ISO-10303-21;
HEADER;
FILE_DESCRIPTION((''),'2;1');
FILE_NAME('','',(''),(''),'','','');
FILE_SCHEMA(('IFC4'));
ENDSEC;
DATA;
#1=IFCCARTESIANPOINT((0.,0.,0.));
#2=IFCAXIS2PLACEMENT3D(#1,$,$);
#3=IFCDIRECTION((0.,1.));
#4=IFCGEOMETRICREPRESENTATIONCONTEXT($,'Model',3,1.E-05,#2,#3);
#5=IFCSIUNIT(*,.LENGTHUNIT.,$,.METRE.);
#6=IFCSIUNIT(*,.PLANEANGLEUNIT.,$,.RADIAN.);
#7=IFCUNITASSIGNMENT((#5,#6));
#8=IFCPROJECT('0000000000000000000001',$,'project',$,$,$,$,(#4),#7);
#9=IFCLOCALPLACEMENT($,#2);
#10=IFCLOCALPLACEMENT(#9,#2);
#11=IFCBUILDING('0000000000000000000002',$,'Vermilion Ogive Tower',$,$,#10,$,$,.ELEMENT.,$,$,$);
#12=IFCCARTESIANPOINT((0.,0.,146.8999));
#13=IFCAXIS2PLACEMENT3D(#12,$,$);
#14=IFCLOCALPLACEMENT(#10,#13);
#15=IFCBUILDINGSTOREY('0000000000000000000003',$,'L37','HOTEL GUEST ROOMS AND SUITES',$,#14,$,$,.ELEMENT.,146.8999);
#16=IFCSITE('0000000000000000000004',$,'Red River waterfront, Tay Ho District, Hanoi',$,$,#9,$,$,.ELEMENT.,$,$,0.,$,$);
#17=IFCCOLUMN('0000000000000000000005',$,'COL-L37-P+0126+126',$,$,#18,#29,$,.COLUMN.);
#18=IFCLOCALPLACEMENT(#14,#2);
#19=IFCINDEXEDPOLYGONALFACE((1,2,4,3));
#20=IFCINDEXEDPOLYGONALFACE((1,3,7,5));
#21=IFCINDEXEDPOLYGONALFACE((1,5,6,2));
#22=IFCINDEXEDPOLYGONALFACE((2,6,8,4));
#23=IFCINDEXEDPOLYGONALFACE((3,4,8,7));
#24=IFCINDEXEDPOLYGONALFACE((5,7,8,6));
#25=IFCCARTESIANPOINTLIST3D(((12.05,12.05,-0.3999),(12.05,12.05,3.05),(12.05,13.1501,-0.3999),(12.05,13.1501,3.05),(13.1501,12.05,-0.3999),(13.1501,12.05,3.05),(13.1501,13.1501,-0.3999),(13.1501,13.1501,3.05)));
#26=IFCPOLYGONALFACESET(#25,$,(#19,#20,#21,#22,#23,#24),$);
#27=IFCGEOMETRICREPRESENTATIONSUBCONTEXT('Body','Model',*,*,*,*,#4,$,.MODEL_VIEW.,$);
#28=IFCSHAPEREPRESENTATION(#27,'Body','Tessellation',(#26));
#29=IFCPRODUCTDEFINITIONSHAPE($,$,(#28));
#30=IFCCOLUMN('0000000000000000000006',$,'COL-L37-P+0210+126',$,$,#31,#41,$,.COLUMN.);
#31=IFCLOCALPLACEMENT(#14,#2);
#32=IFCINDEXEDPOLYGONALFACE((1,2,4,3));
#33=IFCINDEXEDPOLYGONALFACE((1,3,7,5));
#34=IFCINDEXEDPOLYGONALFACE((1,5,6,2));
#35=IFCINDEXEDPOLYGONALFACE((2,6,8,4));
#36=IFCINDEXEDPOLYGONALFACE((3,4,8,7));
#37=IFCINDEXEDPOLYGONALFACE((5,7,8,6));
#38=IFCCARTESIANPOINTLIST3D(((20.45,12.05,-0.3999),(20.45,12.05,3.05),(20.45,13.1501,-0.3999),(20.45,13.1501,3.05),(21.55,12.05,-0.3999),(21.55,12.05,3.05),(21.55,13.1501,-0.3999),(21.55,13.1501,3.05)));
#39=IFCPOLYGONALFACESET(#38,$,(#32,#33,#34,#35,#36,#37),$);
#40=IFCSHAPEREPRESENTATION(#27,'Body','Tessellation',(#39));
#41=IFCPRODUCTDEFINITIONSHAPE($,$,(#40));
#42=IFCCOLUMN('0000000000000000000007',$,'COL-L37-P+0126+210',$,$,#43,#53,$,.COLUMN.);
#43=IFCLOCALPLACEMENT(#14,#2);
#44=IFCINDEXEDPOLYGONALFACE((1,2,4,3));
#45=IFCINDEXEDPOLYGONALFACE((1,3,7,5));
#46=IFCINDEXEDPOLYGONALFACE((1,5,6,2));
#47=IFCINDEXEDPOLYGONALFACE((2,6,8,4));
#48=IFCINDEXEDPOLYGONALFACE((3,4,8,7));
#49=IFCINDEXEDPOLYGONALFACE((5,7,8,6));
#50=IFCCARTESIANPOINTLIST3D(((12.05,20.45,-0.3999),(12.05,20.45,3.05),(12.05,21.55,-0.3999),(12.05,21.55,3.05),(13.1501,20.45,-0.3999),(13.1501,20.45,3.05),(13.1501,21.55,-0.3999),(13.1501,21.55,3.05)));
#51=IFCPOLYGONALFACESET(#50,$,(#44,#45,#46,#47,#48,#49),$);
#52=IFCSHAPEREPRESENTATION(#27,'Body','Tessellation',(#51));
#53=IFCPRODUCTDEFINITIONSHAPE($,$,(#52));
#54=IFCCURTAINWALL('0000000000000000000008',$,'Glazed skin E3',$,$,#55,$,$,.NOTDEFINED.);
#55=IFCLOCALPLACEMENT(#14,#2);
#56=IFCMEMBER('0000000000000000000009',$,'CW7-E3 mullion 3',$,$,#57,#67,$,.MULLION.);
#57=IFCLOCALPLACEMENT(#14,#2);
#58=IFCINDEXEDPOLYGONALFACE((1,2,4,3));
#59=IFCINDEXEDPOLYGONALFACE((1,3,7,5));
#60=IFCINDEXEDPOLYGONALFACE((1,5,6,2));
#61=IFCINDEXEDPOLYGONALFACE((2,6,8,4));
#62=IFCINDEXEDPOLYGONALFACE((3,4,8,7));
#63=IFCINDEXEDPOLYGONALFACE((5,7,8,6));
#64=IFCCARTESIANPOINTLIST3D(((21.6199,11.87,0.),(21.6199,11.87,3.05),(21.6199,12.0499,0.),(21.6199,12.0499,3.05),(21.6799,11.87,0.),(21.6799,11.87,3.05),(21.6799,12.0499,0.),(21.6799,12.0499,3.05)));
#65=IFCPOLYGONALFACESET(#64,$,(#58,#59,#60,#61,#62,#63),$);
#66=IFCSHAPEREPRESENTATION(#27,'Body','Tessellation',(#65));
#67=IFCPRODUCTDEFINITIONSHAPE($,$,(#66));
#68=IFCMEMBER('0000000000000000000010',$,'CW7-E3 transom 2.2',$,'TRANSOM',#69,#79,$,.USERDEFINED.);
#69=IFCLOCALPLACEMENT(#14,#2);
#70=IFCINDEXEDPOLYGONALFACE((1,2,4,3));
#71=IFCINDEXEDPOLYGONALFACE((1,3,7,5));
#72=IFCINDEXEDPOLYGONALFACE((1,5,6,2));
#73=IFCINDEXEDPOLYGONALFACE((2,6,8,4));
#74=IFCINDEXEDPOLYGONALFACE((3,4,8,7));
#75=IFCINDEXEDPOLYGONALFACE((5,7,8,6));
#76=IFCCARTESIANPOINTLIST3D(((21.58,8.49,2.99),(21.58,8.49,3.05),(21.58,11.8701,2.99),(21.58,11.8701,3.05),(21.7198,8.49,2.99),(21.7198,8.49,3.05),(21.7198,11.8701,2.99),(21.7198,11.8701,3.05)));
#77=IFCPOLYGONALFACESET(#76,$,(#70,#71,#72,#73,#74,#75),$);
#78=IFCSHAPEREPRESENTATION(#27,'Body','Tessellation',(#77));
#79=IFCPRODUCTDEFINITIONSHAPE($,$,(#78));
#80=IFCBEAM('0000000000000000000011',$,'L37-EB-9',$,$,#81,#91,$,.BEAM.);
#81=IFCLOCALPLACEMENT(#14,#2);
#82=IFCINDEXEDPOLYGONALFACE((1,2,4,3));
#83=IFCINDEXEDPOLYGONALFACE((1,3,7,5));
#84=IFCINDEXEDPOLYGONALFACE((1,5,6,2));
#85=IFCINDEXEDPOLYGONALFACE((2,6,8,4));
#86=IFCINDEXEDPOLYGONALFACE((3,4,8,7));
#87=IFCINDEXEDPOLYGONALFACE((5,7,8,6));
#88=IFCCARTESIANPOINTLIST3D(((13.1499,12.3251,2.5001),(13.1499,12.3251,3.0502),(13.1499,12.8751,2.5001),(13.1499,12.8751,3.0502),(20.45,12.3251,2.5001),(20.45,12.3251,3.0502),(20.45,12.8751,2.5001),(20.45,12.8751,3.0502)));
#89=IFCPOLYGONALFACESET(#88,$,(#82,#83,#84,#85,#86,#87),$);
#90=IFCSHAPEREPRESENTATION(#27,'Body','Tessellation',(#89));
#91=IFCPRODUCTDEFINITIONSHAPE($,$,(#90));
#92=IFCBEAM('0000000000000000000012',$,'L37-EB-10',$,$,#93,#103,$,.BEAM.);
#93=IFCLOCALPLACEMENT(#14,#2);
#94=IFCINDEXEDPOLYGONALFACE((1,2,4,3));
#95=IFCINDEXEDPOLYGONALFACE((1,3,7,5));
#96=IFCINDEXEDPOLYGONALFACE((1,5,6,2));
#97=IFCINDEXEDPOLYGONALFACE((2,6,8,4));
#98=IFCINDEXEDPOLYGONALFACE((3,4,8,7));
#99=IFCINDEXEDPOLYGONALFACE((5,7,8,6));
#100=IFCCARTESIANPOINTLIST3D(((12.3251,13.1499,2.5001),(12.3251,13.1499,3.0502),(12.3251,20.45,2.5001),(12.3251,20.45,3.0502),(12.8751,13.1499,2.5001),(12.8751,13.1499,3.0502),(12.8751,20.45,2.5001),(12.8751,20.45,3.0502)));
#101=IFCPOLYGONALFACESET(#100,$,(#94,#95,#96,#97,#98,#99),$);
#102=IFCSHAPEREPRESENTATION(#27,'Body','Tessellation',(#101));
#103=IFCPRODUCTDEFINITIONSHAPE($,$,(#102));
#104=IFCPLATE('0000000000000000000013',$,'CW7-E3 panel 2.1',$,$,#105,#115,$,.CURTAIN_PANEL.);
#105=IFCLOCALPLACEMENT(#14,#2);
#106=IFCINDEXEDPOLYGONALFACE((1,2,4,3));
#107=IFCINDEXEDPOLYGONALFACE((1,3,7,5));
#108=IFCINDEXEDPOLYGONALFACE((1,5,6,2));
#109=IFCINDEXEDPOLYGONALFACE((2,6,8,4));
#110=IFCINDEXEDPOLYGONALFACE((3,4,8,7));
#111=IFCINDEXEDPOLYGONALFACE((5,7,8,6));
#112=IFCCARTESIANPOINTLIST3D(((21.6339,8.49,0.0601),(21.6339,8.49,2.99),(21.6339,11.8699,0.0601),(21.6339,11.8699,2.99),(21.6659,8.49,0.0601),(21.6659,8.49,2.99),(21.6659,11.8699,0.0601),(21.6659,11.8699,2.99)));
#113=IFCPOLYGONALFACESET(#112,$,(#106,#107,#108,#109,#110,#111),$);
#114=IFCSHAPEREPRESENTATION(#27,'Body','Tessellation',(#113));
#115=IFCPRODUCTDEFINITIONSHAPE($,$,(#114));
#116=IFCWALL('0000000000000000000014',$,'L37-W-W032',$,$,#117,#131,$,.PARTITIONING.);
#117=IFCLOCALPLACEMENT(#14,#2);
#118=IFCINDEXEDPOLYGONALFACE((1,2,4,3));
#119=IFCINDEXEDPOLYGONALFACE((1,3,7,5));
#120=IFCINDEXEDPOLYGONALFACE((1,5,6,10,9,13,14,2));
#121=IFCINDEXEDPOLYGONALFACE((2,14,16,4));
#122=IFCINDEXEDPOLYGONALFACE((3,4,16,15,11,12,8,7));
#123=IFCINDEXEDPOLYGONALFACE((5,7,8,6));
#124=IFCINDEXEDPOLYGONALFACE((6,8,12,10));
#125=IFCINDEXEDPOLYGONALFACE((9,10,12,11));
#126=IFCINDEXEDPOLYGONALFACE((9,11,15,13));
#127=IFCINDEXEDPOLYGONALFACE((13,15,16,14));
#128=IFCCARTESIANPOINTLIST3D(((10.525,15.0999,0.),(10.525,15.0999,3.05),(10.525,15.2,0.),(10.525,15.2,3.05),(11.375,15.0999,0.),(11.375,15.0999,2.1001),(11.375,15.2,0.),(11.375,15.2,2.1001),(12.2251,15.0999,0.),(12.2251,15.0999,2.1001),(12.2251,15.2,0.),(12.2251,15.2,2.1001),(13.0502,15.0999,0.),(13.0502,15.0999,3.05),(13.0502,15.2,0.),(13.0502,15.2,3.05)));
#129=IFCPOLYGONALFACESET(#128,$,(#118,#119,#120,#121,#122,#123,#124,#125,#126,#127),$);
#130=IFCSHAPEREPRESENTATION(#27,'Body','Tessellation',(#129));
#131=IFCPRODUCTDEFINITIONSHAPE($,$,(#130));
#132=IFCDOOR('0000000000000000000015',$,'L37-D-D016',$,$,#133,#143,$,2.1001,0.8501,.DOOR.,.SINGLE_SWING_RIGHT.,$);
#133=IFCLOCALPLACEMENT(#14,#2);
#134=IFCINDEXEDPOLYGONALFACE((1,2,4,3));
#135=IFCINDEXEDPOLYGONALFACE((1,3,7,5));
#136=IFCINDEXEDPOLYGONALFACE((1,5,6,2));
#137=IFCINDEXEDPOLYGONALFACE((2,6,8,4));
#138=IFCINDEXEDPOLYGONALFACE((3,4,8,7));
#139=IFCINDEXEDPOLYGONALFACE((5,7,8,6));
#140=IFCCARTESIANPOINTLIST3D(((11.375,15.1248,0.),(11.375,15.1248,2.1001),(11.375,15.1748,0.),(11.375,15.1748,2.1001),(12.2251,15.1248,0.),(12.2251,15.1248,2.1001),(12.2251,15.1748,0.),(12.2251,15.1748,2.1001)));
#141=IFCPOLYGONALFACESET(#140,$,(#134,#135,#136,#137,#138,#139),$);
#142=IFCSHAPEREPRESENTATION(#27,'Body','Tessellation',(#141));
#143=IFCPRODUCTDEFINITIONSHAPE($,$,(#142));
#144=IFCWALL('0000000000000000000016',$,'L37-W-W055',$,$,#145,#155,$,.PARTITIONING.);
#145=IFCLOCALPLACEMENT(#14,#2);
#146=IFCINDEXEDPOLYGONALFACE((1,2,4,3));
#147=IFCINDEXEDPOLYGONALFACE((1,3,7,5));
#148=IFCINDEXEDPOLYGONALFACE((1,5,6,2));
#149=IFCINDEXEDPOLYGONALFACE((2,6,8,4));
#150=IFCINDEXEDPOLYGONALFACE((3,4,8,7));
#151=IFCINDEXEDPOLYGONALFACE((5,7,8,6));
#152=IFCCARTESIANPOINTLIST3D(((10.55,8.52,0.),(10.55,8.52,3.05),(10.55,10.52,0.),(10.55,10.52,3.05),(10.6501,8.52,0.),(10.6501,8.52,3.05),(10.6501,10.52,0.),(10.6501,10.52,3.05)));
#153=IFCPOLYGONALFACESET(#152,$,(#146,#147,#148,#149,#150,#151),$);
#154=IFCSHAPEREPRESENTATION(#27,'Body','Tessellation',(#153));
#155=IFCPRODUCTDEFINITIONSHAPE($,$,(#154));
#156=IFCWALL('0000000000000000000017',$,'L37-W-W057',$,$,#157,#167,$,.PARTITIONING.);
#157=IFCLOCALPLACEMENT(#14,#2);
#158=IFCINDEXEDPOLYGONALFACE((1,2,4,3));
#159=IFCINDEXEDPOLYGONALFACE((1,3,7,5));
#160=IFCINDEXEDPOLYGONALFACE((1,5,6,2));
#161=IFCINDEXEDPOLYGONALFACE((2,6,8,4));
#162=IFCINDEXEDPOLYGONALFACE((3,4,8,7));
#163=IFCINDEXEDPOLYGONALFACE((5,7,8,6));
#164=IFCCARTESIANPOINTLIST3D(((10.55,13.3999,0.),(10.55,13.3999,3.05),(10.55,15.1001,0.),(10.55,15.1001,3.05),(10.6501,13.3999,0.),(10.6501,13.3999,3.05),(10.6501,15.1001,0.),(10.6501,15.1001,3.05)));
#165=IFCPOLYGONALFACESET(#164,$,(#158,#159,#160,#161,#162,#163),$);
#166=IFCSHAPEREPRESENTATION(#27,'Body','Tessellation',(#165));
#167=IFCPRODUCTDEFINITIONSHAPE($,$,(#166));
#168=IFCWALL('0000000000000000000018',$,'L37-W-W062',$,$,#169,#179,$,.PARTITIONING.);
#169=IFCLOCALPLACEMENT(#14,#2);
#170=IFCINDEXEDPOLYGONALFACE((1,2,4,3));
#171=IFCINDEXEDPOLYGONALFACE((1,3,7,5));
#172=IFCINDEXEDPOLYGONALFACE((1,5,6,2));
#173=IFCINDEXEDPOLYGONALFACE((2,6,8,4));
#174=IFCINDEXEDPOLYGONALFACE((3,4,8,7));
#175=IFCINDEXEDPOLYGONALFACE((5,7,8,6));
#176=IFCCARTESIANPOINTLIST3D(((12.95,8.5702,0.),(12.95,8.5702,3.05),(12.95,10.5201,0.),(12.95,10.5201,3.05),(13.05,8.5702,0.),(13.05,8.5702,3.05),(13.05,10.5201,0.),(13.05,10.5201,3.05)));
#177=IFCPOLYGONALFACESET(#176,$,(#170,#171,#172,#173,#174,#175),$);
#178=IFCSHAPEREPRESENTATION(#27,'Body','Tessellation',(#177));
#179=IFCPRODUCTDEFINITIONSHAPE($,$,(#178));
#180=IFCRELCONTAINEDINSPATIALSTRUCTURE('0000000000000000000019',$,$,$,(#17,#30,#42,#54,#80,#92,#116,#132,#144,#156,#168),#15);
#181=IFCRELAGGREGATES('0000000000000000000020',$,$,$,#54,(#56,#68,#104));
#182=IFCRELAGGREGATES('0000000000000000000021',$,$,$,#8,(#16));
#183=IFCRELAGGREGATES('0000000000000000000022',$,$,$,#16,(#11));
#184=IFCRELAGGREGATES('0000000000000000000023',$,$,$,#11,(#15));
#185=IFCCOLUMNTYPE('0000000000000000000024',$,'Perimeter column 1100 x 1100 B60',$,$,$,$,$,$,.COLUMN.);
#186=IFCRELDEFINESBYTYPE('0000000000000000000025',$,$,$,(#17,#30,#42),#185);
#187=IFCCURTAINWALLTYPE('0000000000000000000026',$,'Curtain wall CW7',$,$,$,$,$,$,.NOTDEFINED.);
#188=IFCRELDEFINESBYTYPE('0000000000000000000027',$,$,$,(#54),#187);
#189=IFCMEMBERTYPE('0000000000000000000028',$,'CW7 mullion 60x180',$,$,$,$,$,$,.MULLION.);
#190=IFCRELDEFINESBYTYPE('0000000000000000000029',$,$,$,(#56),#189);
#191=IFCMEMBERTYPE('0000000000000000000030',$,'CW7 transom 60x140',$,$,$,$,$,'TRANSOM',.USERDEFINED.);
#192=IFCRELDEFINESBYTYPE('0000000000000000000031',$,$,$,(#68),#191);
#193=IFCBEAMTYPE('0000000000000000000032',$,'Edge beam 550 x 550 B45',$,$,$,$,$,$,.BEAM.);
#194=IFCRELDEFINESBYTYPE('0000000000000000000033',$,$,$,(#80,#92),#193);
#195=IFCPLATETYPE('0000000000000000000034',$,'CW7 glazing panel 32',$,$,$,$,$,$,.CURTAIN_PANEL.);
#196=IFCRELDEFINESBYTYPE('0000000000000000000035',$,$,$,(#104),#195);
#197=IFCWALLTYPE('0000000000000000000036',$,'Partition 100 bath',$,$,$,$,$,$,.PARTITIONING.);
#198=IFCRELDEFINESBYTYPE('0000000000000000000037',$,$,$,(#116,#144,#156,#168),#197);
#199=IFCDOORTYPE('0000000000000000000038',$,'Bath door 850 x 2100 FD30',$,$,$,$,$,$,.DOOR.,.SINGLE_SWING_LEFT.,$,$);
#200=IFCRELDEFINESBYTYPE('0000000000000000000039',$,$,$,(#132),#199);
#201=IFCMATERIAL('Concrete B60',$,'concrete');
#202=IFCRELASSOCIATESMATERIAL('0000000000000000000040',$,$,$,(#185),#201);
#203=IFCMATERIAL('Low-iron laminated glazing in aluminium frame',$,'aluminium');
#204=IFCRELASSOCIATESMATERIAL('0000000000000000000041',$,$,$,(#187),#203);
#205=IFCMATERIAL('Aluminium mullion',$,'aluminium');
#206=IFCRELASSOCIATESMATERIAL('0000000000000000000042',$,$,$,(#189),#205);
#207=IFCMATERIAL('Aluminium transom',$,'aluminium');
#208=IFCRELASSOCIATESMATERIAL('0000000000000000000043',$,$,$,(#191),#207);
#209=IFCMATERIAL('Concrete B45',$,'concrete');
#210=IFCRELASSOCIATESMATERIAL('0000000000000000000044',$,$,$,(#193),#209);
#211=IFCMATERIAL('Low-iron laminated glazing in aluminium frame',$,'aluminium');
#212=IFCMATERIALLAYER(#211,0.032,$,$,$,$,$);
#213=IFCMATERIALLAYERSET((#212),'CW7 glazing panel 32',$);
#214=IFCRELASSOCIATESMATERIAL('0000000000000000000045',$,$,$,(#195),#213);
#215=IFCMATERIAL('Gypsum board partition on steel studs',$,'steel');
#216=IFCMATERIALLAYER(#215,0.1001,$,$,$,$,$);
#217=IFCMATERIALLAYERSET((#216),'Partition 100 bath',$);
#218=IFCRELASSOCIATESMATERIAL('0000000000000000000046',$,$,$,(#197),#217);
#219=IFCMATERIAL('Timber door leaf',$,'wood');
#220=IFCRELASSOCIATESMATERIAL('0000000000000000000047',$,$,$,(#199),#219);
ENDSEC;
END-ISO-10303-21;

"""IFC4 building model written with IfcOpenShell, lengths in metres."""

from ifc_helpers import new_model, si_unit, direction, frame, frame_2d, origin, origin_2d, place, context, subcontext, project, spatial, rectangle, extrude, material, layer, layer_set, material_profile, profile_set, type_object, element, fill, aggregate, save


model = new_model("IFC4")

# Units and contexts
model_context = context("Model", 3, precision=1e-05, world=origin(), true_north=direction((0.0, 1.0)))
body_context = subcontext(model_context, "Body", "Model", "MODEL_VIEW")
ifc_project = project(units=[si_unit("LENGTHUNIT", "METRE"), si_unit("PLANEANGLEUNIT", "RADIAN")], contexts=[model_context])

# Site, building, storey
site_placement = place(None, origin())
site = spatial("IfcSite", under=ifc_project, at=site_placement, Name="Red River waterfront, Tay Ho District, Hanoi", CompositionType="ELEMENT", RefElevation=0.0)
building_placement = place(site_placement, origin())
building = spatial("IfcBuilding", under=site, at=building_placement, Name="Vermilion Ogive Tower", CompositionType="ELEMENT")
storey_placement = place(building_placement, frame((0.0, 0.0, 146.8999)))
storey = spatial("IfcBuildingStorey", under=building, at=storey_placement, Name="L37", Description="HOTEL GUEST ROOMS AND SUITES", CompositionType="ELEMENT", Elevation=146.8999)

# Columns
ifc_material_1 = material(Name="Concrete B60", Category="concrete")
ifc_material_profile_1 = material_profile(ifc_material_1, rectangle(XDim=1.1001, YDim=1.1001, at=origin_2d()), Name="1100 x 1100")
ifc_profile_set_1 = profile_set([ifc_material_profile_1], Name="Concrete B60")
column_type = type_object("IfcColumnType", Name="Perimeter column 1100 x 1100 B60", PredefinedType="COLUMN", material=ifc_profile_set_1)
for number, where, z_axis, x_axis, name in (
    (1, (12.6001, 12.6001, -0.3999), (0.0, 0.0, 1.0), (1.0, 0.0, 0.0), "COL-L37-P+0126+126"),
    (2, (21.0, 12.6001, -0.3999), (0.0, 0.0, 1.0), (1.0, 0.0, 0.0), "COL-L37-P+0210+126"),
    (3, (12.6001, 21.0, -0.3999), (0.0, 0.0, 1.0), (1.0, 0.0, 0.0), "COL-L37-P+0126+210"),
):
    element("IfcColumn", number, at=place(storey_placement, frame(where, z_axis=z_axis, x_axis=x_axis)), inside=storey, type_object=column_type, Name=name, PredefinedType="COLUMN", context=body_context, shape_type="SweptSolid", body=[
        extrude(rectangle(XDim=1.1001, YDim=1.1001, at=origin_2d()), origin(), (0.0, 0.0, 1.0), 3.45),
    ])

# Curtain wall, members
ifc_material_2 = material(Name="Low-iron laminated glazing in aluminium frame", Category="aluminium")
curtain_wall_type = type_object("IfcCurtainWallType", Name="Curtain wall CW7", PredefinedType="NOTDEFINED", material=ifc_material_2)
curtain_wall_placement = place(storey_placement, origin())
curtain_wall = element("IfcCurtainWall", 4, at=curtain_wall_placement, inside=storey, type_object=curtain_wall_type, Name="Glazed skin E3", PredefinedType="NOTDEFINED")
ifc_material_3 = material(Name="Aluminium mullion", Category="aluminium")
ifc_material_profile_2 = material_profile(ifc_material_3, rectangle(XDim=0.0601, YDim=0.1799, at=origin_2d()), Name="AL 60x180")
ifc_profile_set_2 = profile_set([ifc_material_profile_2], Name="Aluminium mullion")
member_type_1 = type_object("IfcMemberType", Name="CW7 mullion 60x180", PredefinedType="MULLION", material=ifc_profile_set_2)
member_1_placement = place(storey_placement, frame((21.6499, 11.96, 0.0), z_axis=(0.0, 0.0, 1.0), x_axis=(-1.0, 0.0, 0.0)))
member_1 = element("IfcMember", 5, at=member_1_placement, type_object=member_type_1, Name="CW7-E3 mullion 3", PredefinedType="MULLION", context=body_context, shape_type="SweptSolid", body=[
    extrude(rectangle(XDim=0.0601, YDim=0.1799, at=origin_2d()), origin(), (0.0, 0.0, 1.0), 3.05),
])
ifc_material_4 = material(Name="Aluminium transom", Category="aluminium")
ifc_material_profile_3 = material_profile(ifc_material_4, rectangle(XDim=0.1399, YDim=0.0601, at=origin_2d()), Name="AL 60x140")
ifc_profile_set_3 = profile_set([ifc_material_profile_3], Name="Aluminium transom")
member_type_2 = type_object("IfcMemberType", Name="CW7 transom 60x140", ElementType="TRANSOM", PredefinedType="USERDEFINED", material=ifc_profile_set_3)
member_2_placement = place(storey_placement, frame((21.6499, 8.49, 3.02), z_axis=(0.0, 1.0, 0.0), x_axis=(-1.0, 0.0, 0.0)))
member_2 = element("IfcMember", 6, at=member_2_placement, type_object=member_type_2, Name="CW7-E3 transom 2.2", ObjectType="TRANSOM", PredefinedType="USERDEFINED", context=body_context, shape_type="SweptSolid", body=[
    extrude(rectangle(XDim=0.1399, YDim=0.0601, at=origin_2d()), origin(), (0.0, 0.0, 1.0), 3.3801),
])

# Beams
ifc_material_5 = material(Name="Concrete B45", Category="concrete")
ifc_material_profile_4 = material_profile(ifc_material_5, rectangle(XDim=0.55, YDim=0.55, at=origin_2d()), Name="550 x 550")
ifc_profile_set_4 = profile_set([ifc_material_profile_4], Name="Concrete B45")
beam_type = type_object("IfcBeamType", Name="Edge beam 550 x 550 B45", PredefinedType="BEAM", material=ifc_profile_set_4)
for number, where, z_axis, x_axis, name in (
    (7, (20.45, 12.6001, 2.7751), (-1.0, 0.0, 0.0), (0.0, -1.0, 0.0), "L37-EB-9"),
    (8, (12.6001, 13.1499, 2.7751), (0.0, 1.0, 0.0), (-1.0, 0.0, 0.0), "L37-EB-10"),
):
    element("IfcBeam", number, at=place(storey_placement, frame(where, z_axis=z_axis, x_axis=x_axis)), inside=storey, type_object=beam_type, Name=name, PredefinedType="BEAM", context=body_context, shape_type="SweptSolid", body=[
        extrude(rectangle(XDim=0.55, YDim=0.55, at=origin_2d()), origin(), (0.0, 0.0, 1.0), 7.3),
    ])

# Plate
ifc_material_6 = material(Name="Low-iron laminated glazing in aluminium frame", Category="aluminium")
ifc_layer_1 = layer(ifc_material_6, 0.032)
ifc_layer_set_1 = layer_set([ifc_layer_1], Name="CW7 glazing panel 32")
plate_type = type_object("IfcPlateType", Name="CW7 glazing panel 32", PredefinedType="CURTAIN_PANEL", material=ifc_layer_set_1)
plate_placement = place(storey_placement, frame((21.6499, 10.1799, 0.0601), z_axis=(0.0, 0.0, 1.0), x_axis=(0.0, 1.0, 0.0)))
plate = element("IfcPlate", 9, at=plate_placement, type_object=plate_type, Name="CW7-E3 panel 2.1", PredefinedType="CURTAIN_PANEL", context=body_context, shape_type="SweptSolid", body=[
    extrude(rectangle(XDim=3.3799, YDim=0.032, at=origin_2d()), origin(), (0.0, 0.0, 1.0), 2.9299),
])
aggregate(curtain_wall, [member_1, member_2, plate])

# Wall, opening, door
ifc_material_7 = material(Name="Gypsum board partition on steel studs", Category="steel")
ifc_layer_2 = layer(ifc_material_7, 0.1001)
ifc_layer_set_2 = layer_set([ifc_layer_2], Name="Partition 100 bath")
wall_type_1 = type_object("IfcWallType", Name="Partition 100 bath", PredefinedType="PARTITIONING", material=ifc_layer_set_2)
wall_1_placement = place(storey_placement, frame((10.5249, 15.1499, 0.0), z_axis=(0.0, 0.0, 1.0), x_axis=(1.0, 0.0, 0.0)))
wall_1 = element("IfcWall", 10, at=wall_1_placement, inside=storey, type_object=wall_type_1, Name="L37-W-W032", PredefinedType="PARTITIONING", context=body_context, shape_type="SweptSolid", body=[
    extrude(rectangle(XDim=2.5251, YDim=0.1001, at=frame_2d((1.2627, 0.0))), origin(), (0.0, 0.0, 1.0), 3.05),
])
opening_1_placement = place(wall_1_placement, frame((0.8501, 0.0, 0.0)))
opening_1 = element("IfcOpeningElement", 11, at=opening_1_placement, cuts=wall_1, PredefinedType="OPENING", context=body_context, shape_type="SweptSolid", body=[
    extrude(rectangle(XDim=0.8501, YDim=2.1001, at=frame_2d((0.425, 1.05))), frame((0.0, 0.0601, 0.0), z_axis=(0.0, -1.0, 0.0), x_axis=(1.0, 0.0, 0.0)), (0.0, 0.0, 1.0), 0.1201),
])
ifc_material_8 = material(Name="Timber door leaf", Category="wood")
door_type_1 = type_object("IfcDoorType", Name="Bath door 850 x 2100 FD30", OperationType="SINGLE_SWING_LEFT", PredefinedType="DOOR", material=ifc_material_8)
door_1_placement = place(opening_1_placement, origin())
door_1 = element("IfcDoor", 12, at=door_1_placement, inside=storey, type_object=door_type_1, Name="L37-D-D016", OperationType="SINGLE_SWING_RIGHT", OverallHeight=2.1001, OverallWidth=0.8501, PredefinedType="DOOR", context=body_context, shape_type="SweptSolid", body=[
    extrude(rectangle(XDim=0.8501, YDim=2.1001, at=frame_2d((0.425, 1.05))), frame((0.0, 0.0249, 0.0), z_axis=(0.0, -1.0, 0.0), x_axis=(1.0, 0.0, 0.0)), (0.0, 0.0, 1.0), 0.05),
])
fill(opening_1, door_1)

# Walls
wall_2_placement = place(storey_placement, frame((10.6001, 8.52, 0.0), z_axis=(0.0, 0.0, 1.0), x_axis=(0.0, 1.0, 0.0)))
element("IfcWall", 13, at=wall_2_placement, inside=storey, type_object=wall_type_1, Name="L37-W-W055", PredefinedType="PARTITIONING", context=body_context, shape_type="SweptSolid", body=[
    extrude(rectangle(XDim=2.0, YDim=0.1001, at=frame_2d((1.0, 0.0))), origin(), (0.0, 0.0, 1.0), 3.05),
])
wall_3_placement = place(storey_placement, frame((10.6001, 13.3999, 0.0), z_axis=(0.0, 0.0, 1.0), x_axis=(0.0, 1.0, 0.0)))
element("IfcWall", 14, at=wall_3_placement, inside=storey, type_object=wall_type_1, Name="L37-W-W057", PredefinedType="PARTITIONING", context=body_context, shape_type="SweptSolid", body=[
    extrude(rectangle(XDim=1.7002, YDim=0.1001, at=frame_2d((0.8501, 0.0))), origin(), (0.0, 0.0, 1.0), 3.05),
])
wall_4_placement = place(storey_placement, frame((13.0, 8.5701, 0.0), z_axis=(0.0, 0.0, 1.0), x_axis=(0.0, 1.0, 0.0)))
element("IfcWall", 15, at=wall_4_placement, inside=storey, type_object=wall_type_1, Name="L37-W-W062", PredefinedType="PARTITIONING", context=body_context, shape_type="SweptSolid", body=[
    extrude(rectangle(XDim=1.95, YDim=0.1001, at=frame_2d((0.9751, 0.0))), origin(), (0.0, 0.0, 1.0), 3.05),
])

save(model, "model.ifc")
